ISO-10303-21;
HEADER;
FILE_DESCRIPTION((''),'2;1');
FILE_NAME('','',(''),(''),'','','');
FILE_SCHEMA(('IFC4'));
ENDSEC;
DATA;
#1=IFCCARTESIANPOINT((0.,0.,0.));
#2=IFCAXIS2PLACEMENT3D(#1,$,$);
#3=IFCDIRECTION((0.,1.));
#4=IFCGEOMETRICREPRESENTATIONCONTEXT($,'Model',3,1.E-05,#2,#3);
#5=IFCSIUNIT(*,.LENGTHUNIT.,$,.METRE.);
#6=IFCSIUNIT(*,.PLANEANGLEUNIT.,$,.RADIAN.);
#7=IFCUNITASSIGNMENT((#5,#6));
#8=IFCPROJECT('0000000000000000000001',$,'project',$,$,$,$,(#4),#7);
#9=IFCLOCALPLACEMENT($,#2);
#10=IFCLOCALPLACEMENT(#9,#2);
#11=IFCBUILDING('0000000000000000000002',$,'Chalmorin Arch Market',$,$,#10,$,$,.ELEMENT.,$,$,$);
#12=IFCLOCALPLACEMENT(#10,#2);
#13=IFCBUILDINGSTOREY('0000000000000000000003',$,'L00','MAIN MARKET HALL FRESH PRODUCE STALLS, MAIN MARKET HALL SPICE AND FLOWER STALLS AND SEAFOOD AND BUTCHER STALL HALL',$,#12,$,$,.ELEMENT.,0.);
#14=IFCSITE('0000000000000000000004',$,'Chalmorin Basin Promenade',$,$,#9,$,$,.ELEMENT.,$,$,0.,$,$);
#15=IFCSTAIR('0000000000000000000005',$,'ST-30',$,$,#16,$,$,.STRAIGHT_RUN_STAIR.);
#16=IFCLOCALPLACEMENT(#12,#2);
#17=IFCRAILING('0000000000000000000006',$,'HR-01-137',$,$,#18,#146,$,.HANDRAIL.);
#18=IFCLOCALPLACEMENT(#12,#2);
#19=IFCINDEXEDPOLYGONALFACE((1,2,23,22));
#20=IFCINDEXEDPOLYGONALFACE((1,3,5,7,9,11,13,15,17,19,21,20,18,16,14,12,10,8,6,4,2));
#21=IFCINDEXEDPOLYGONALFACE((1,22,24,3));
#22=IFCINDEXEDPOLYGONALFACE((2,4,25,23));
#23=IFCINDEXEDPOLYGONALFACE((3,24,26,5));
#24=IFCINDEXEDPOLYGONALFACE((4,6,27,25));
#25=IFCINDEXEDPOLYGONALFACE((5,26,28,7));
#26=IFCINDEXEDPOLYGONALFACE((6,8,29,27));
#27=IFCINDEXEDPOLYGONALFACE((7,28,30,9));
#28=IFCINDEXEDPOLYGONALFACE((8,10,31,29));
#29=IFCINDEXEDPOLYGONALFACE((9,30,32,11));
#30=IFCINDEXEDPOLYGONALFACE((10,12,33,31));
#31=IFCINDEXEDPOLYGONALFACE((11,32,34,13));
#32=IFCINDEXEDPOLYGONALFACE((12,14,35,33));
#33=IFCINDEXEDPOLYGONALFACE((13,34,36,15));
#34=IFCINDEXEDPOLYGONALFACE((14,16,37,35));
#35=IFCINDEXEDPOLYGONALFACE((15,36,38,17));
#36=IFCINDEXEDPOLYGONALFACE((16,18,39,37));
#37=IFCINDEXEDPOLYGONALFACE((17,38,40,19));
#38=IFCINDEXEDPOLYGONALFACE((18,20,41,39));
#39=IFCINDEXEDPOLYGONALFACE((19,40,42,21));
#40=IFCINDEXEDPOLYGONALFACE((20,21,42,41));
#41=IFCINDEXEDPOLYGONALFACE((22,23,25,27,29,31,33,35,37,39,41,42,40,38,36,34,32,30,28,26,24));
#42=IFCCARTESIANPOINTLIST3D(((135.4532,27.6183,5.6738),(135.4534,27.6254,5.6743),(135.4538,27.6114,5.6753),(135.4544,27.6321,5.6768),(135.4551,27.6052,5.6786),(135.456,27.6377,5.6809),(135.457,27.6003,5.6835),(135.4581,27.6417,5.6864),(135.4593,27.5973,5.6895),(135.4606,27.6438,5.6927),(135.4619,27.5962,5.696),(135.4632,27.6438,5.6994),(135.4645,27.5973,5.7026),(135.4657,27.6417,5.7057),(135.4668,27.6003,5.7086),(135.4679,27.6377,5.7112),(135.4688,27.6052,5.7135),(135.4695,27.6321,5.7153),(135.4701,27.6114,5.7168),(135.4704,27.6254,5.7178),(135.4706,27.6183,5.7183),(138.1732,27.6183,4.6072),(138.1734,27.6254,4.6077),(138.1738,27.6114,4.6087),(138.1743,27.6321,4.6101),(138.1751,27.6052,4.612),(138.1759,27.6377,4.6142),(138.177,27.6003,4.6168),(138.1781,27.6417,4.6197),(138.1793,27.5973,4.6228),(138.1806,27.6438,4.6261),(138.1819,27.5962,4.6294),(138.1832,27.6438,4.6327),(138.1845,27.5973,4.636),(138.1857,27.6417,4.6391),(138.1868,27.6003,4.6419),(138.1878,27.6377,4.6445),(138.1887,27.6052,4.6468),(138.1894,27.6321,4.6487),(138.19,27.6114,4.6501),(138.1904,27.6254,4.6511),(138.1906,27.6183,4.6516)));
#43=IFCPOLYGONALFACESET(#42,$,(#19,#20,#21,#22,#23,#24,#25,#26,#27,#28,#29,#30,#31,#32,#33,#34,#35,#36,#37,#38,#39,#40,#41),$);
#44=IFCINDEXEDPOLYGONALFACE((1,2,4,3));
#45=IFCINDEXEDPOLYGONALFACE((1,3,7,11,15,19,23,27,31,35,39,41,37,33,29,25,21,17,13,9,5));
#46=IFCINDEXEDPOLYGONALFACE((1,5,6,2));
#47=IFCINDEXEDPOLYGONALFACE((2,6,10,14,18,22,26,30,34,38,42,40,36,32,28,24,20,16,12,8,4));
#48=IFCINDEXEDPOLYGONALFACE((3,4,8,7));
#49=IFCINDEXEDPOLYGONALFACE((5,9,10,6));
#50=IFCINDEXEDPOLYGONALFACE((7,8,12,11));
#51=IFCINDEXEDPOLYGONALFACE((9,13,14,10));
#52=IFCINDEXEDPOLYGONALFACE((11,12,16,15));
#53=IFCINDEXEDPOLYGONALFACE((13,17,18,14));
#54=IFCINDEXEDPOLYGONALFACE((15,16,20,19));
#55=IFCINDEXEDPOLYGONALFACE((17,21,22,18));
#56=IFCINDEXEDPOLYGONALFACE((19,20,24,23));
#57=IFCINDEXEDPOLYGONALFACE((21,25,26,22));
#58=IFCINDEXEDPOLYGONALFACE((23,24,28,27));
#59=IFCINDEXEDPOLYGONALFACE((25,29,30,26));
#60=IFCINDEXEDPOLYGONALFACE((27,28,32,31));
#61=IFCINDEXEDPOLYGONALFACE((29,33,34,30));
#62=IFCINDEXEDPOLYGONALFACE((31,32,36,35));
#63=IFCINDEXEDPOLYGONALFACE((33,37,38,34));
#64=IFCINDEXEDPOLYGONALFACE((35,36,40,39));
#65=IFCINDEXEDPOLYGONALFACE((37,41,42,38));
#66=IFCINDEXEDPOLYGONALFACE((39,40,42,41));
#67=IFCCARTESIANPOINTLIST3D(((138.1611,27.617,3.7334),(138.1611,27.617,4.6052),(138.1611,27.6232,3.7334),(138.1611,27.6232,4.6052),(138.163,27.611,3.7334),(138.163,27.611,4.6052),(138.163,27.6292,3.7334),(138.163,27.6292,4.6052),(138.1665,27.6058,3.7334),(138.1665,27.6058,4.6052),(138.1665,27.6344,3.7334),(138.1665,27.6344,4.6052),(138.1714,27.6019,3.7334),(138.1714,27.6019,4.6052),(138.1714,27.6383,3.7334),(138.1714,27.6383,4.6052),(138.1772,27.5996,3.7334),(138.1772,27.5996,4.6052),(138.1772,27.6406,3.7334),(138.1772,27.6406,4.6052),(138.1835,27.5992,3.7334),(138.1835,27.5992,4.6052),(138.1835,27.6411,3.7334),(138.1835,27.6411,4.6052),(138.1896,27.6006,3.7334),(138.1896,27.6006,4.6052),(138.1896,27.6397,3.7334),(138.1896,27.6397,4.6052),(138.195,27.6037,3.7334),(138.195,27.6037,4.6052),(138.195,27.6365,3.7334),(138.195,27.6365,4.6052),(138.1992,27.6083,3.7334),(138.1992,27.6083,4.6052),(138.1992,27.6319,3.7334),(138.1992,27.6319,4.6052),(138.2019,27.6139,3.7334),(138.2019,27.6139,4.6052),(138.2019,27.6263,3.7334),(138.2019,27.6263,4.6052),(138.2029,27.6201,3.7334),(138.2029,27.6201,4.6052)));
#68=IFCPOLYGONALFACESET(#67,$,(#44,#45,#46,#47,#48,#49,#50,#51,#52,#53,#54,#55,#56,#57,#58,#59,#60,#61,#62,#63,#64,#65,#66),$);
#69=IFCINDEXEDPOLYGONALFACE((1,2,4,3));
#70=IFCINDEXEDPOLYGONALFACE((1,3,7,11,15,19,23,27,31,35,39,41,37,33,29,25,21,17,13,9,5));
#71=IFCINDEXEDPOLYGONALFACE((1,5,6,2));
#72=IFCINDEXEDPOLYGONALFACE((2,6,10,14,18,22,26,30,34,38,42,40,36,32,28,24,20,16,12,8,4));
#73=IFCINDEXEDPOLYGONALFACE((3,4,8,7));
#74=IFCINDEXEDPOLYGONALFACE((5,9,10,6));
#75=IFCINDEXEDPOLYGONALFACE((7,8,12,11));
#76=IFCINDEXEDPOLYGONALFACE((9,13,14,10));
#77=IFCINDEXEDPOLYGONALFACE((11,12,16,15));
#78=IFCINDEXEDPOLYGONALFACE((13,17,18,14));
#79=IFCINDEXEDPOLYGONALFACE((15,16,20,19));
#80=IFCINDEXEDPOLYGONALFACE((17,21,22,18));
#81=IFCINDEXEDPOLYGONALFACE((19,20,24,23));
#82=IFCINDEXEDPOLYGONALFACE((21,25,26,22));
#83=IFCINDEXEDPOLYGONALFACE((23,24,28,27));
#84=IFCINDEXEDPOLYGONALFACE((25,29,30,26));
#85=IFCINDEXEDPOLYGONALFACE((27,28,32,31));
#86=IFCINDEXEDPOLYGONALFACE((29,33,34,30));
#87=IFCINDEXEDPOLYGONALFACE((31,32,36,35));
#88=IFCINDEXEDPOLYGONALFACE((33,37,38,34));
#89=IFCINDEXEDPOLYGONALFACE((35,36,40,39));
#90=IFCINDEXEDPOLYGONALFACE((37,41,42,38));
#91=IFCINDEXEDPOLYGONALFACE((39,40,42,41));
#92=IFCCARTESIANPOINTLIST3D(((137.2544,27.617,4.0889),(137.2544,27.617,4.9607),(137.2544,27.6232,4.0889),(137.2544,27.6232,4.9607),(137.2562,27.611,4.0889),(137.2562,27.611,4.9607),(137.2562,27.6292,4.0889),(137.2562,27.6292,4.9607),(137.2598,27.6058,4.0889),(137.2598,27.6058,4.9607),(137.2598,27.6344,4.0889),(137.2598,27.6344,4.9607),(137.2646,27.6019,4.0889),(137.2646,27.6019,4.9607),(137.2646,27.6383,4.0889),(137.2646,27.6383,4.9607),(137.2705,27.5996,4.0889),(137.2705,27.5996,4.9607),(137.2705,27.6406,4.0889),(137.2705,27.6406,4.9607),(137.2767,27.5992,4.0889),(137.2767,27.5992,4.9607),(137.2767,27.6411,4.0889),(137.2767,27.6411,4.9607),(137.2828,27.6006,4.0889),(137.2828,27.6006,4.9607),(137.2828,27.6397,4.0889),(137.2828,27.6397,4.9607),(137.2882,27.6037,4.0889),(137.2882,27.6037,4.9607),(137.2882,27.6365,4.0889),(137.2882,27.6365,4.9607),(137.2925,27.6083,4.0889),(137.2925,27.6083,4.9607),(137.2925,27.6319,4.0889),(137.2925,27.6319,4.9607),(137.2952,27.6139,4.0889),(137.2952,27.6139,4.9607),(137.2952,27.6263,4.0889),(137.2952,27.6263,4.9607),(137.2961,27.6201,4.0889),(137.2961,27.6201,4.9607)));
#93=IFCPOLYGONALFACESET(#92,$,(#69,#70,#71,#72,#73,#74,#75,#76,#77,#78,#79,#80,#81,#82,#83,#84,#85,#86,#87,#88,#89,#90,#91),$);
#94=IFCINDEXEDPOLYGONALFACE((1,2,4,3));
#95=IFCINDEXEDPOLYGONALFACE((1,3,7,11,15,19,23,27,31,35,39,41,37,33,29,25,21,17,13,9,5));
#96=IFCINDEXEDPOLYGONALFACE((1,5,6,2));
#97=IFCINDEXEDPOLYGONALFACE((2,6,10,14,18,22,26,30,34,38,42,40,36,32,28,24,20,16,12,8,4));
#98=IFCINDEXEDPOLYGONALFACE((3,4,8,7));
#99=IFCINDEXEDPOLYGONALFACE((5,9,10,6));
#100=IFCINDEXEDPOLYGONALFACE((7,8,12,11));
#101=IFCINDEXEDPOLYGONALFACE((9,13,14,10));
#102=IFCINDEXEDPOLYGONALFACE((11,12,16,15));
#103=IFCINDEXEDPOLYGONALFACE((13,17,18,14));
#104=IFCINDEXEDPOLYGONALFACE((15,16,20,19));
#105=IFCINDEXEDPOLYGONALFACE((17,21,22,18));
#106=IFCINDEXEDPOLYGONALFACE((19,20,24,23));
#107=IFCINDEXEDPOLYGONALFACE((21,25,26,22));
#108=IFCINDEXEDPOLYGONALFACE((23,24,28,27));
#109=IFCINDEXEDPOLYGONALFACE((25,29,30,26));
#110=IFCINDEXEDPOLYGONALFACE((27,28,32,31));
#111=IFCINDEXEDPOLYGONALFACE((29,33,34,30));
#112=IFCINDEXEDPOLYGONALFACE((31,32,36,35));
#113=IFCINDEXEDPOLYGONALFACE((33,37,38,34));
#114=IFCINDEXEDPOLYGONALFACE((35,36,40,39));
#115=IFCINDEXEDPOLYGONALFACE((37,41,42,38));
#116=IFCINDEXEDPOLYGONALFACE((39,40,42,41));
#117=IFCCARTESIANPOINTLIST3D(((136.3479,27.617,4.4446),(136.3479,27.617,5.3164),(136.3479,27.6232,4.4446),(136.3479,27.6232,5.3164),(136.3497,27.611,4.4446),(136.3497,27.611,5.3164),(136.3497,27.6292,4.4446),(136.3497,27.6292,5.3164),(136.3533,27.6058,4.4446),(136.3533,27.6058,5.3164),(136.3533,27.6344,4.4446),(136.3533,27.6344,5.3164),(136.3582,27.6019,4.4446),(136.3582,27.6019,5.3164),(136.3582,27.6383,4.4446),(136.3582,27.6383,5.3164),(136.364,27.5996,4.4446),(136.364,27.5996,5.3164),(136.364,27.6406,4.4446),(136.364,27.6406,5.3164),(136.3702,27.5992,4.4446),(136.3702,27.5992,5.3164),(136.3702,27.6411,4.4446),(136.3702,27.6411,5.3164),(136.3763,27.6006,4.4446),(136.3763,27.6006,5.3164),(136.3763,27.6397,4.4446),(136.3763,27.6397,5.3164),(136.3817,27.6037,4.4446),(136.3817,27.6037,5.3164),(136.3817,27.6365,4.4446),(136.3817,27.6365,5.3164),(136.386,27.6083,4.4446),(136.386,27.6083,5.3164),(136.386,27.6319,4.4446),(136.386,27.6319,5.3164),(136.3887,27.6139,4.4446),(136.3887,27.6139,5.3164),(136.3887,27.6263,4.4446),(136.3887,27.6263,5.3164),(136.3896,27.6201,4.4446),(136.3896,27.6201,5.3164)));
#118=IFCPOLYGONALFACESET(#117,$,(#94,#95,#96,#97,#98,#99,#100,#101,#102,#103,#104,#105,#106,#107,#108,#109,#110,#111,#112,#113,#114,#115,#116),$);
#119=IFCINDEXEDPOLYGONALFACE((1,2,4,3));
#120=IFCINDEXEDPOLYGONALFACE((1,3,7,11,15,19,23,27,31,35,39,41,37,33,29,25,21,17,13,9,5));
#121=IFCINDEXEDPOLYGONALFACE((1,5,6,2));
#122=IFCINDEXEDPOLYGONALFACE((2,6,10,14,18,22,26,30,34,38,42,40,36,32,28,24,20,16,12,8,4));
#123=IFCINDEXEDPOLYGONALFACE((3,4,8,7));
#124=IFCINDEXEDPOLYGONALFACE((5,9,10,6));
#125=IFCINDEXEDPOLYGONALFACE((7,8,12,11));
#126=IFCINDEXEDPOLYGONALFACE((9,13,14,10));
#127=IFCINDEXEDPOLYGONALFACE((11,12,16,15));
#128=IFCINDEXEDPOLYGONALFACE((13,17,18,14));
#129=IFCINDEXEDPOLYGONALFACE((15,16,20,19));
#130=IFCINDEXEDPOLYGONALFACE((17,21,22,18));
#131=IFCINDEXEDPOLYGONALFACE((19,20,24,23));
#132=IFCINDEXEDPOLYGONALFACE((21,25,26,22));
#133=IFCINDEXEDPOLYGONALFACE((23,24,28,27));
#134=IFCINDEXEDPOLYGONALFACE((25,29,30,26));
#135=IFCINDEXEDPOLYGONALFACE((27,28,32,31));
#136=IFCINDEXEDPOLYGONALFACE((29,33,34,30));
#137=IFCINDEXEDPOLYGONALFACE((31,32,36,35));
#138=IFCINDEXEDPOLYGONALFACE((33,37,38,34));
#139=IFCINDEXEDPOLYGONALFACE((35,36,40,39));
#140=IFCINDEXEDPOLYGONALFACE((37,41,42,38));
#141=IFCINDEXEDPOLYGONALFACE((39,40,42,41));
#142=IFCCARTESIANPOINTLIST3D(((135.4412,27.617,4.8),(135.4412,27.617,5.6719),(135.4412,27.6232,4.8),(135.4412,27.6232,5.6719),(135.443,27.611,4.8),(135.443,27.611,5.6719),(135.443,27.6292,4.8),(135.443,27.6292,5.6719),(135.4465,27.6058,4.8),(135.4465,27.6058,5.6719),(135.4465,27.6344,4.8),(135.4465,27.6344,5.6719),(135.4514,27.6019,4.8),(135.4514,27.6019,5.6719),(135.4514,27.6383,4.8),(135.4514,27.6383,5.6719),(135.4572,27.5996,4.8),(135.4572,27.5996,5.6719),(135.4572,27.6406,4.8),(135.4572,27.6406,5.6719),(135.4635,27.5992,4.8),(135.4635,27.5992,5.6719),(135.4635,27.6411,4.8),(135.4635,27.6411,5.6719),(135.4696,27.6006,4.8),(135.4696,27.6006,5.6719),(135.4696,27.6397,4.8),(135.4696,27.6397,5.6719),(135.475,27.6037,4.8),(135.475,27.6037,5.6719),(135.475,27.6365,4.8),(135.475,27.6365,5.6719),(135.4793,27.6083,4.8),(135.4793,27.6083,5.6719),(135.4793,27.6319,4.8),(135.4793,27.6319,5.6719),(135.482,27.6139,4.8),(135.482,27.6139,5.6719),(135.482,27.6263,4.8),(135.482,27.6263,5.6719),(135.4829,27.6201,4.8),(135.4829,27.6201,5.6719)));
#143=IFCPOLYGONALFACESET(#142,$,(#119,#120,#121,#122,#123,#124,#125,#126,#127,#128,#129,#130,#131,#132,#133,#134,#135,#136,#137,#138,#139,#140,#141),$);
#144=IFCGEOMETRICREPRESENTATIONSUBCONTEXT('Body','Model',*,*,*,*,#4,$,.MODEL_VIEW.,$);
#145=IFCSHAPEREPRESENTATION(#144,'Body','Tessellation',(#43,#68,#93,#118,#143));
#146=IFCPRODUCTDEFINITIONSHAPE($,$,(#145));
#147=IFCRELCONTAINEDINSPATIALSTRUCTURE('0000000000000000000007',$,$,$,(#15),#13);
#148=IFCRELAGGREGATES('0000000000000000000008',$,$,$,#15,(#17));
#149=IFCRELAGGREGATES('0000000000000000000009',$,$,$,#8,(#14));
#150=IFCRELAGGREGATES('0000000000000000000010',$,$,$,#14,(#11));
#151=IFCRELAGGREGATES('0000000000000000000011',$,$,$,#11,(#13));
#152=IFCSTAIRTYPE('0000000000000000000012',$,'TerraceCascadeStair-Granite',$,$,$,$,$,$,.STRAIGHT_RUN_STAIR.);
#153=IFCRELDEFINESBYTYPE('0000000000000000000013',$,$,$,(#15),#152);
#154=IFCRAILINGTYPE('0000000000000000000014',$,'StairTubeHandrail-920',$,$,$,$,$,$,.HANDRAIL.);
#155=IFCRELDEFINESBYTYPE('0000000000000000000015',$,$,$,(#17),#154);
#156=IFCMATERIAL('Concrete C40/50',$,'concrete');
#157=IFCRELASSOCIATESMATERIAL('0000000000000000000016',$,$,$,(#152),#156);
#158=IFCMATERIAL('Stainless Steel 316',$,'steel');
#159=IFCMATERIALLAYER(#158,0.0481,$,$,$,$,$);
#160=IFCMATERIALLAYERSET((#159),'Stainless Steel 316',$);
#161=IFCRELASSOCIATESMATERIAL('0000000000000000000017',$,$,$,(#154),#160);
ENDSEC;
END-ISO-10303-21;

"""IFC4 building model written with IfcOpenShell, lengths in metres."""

from ifc_helpers import new_model, si_unit, direction, frame, origin, origin_2d, place, context, subcontext, project, spatial, circle, extrude, material, layer, layer_set, type_object, element, aggregate, save


model = new_model("IFC4")

# Units and contexts
model_context = context("Model", 3, precision=1e-05, world=origin(), true_north=direction((0.0, 1.0)))
body_context = subcontext(model_context, "Body", "Model", "MODEL_VIEW")
ifc_project = project(units=[si_unit("LENGTHUNIT", "METRE"), si_unit("PLANEANGLEUNIT", "RADIAN")], contexts=[model_context])

# Site, building, storey
site_placement = place(None, origin())
site = spatial("IfcSite", under=ifc_project, at=site_placement, Name="Chalmorin Basin Promenade", CompositionType="ELEMENT", RefElevation=0.0)
building_placement = place(site_placement, origin())
building = spatial("IfcBuilding", under=site, at=building_placement, Name="Chalmorin Arch Market", CompositionType="ELEMENT")
storey_placement = place(building_placement, origin())
storey = spatial("IfcBuildingStorey", under=building, at=storey_placement, Name="L00", Description="MAIN MARKET HALL FRESH PRODUCE STALLS, MAIN MARKET HALL SPICE AND FLOWER STALLS AND SEAFOOD AND BUTCHER STALL HALL", CompositionType="ELEMENT", Elevation=0.0)

# Shared definitions
ifc_material_1 = material(Name="Concrete C40/50", Category="concrete")

# Stair, railing
stair_type = type_object("IfcStairType", Name="TerraceCascadeStair-Granite", PredefinedType="STRAIGHT_RUN_STAIR", material=ifc_material_1)
stair_placement = place(storey_placement, origin())
stair = element("IfcStair", 1, at=stair_placement, inside=storey, type_object=stair_type, Name="ST-30", PredefinedType="STRAIGHT_RUN_STAIR")
ifc_material_2 = material(Name="Stainless Steel 316", Category="steel")
ifc_layer_1 = layer(ifc_material_2, 0.0481)
ifc_layer_set_1 = layer_set([ifc_layer_1], Name="Stainless Steel 316")
railing_type = type_object("IfcRailingType", Name="StairTubeHandrail-920", PredefinedType="HANDRAIL", material=ifc_layer_set_1)
railing_1_placement = place(storey_placement, frame((138.1819, 27.6201, 3.7334)))
railing_1 = element("IfcRailing", 2, at=railing_1_placement, type_object=railing_type, Name="HR-01-137", PredefinedType="HANDRAIL", context=body_context, shape_type="SweptSolid", body=[
    extrude(circle(Radius=0.0239, at=origin_2d()), frame((0.0, 0.0, 0.896), z_axis=(-0.930974, 0.0, 0.365086), x_axis=(0.0, -1.0, 0.0)), (0.0, 0.0, 1.0), 2.9216),
    extrude(circle(Radius=0.021, at=origin_2d()), origin(), (0.0, 0.0, 1.0), 0.8718),
    extrude(circle(Radius=0.021, at=origin_2d()), frame((-0.9067, 0.0, 0.3555)), (0.0, 0.0, 1.0), 0.8718),
    extrude(circle(Radius=0.021, at=origin_2d()), frame((-1.8132, 0.0, 0.7112)), (0.0, 0.0, 1.0), 0.8718),
    extrude(circle(Radius=0.021, at=origin_2d()), frame((-2.72, 0.0, 1.0667)), (0.0, 0.0, 1.0), 0.8718),
])
aggregate(stair, [railing_1])

save(model, "model.ifc")
